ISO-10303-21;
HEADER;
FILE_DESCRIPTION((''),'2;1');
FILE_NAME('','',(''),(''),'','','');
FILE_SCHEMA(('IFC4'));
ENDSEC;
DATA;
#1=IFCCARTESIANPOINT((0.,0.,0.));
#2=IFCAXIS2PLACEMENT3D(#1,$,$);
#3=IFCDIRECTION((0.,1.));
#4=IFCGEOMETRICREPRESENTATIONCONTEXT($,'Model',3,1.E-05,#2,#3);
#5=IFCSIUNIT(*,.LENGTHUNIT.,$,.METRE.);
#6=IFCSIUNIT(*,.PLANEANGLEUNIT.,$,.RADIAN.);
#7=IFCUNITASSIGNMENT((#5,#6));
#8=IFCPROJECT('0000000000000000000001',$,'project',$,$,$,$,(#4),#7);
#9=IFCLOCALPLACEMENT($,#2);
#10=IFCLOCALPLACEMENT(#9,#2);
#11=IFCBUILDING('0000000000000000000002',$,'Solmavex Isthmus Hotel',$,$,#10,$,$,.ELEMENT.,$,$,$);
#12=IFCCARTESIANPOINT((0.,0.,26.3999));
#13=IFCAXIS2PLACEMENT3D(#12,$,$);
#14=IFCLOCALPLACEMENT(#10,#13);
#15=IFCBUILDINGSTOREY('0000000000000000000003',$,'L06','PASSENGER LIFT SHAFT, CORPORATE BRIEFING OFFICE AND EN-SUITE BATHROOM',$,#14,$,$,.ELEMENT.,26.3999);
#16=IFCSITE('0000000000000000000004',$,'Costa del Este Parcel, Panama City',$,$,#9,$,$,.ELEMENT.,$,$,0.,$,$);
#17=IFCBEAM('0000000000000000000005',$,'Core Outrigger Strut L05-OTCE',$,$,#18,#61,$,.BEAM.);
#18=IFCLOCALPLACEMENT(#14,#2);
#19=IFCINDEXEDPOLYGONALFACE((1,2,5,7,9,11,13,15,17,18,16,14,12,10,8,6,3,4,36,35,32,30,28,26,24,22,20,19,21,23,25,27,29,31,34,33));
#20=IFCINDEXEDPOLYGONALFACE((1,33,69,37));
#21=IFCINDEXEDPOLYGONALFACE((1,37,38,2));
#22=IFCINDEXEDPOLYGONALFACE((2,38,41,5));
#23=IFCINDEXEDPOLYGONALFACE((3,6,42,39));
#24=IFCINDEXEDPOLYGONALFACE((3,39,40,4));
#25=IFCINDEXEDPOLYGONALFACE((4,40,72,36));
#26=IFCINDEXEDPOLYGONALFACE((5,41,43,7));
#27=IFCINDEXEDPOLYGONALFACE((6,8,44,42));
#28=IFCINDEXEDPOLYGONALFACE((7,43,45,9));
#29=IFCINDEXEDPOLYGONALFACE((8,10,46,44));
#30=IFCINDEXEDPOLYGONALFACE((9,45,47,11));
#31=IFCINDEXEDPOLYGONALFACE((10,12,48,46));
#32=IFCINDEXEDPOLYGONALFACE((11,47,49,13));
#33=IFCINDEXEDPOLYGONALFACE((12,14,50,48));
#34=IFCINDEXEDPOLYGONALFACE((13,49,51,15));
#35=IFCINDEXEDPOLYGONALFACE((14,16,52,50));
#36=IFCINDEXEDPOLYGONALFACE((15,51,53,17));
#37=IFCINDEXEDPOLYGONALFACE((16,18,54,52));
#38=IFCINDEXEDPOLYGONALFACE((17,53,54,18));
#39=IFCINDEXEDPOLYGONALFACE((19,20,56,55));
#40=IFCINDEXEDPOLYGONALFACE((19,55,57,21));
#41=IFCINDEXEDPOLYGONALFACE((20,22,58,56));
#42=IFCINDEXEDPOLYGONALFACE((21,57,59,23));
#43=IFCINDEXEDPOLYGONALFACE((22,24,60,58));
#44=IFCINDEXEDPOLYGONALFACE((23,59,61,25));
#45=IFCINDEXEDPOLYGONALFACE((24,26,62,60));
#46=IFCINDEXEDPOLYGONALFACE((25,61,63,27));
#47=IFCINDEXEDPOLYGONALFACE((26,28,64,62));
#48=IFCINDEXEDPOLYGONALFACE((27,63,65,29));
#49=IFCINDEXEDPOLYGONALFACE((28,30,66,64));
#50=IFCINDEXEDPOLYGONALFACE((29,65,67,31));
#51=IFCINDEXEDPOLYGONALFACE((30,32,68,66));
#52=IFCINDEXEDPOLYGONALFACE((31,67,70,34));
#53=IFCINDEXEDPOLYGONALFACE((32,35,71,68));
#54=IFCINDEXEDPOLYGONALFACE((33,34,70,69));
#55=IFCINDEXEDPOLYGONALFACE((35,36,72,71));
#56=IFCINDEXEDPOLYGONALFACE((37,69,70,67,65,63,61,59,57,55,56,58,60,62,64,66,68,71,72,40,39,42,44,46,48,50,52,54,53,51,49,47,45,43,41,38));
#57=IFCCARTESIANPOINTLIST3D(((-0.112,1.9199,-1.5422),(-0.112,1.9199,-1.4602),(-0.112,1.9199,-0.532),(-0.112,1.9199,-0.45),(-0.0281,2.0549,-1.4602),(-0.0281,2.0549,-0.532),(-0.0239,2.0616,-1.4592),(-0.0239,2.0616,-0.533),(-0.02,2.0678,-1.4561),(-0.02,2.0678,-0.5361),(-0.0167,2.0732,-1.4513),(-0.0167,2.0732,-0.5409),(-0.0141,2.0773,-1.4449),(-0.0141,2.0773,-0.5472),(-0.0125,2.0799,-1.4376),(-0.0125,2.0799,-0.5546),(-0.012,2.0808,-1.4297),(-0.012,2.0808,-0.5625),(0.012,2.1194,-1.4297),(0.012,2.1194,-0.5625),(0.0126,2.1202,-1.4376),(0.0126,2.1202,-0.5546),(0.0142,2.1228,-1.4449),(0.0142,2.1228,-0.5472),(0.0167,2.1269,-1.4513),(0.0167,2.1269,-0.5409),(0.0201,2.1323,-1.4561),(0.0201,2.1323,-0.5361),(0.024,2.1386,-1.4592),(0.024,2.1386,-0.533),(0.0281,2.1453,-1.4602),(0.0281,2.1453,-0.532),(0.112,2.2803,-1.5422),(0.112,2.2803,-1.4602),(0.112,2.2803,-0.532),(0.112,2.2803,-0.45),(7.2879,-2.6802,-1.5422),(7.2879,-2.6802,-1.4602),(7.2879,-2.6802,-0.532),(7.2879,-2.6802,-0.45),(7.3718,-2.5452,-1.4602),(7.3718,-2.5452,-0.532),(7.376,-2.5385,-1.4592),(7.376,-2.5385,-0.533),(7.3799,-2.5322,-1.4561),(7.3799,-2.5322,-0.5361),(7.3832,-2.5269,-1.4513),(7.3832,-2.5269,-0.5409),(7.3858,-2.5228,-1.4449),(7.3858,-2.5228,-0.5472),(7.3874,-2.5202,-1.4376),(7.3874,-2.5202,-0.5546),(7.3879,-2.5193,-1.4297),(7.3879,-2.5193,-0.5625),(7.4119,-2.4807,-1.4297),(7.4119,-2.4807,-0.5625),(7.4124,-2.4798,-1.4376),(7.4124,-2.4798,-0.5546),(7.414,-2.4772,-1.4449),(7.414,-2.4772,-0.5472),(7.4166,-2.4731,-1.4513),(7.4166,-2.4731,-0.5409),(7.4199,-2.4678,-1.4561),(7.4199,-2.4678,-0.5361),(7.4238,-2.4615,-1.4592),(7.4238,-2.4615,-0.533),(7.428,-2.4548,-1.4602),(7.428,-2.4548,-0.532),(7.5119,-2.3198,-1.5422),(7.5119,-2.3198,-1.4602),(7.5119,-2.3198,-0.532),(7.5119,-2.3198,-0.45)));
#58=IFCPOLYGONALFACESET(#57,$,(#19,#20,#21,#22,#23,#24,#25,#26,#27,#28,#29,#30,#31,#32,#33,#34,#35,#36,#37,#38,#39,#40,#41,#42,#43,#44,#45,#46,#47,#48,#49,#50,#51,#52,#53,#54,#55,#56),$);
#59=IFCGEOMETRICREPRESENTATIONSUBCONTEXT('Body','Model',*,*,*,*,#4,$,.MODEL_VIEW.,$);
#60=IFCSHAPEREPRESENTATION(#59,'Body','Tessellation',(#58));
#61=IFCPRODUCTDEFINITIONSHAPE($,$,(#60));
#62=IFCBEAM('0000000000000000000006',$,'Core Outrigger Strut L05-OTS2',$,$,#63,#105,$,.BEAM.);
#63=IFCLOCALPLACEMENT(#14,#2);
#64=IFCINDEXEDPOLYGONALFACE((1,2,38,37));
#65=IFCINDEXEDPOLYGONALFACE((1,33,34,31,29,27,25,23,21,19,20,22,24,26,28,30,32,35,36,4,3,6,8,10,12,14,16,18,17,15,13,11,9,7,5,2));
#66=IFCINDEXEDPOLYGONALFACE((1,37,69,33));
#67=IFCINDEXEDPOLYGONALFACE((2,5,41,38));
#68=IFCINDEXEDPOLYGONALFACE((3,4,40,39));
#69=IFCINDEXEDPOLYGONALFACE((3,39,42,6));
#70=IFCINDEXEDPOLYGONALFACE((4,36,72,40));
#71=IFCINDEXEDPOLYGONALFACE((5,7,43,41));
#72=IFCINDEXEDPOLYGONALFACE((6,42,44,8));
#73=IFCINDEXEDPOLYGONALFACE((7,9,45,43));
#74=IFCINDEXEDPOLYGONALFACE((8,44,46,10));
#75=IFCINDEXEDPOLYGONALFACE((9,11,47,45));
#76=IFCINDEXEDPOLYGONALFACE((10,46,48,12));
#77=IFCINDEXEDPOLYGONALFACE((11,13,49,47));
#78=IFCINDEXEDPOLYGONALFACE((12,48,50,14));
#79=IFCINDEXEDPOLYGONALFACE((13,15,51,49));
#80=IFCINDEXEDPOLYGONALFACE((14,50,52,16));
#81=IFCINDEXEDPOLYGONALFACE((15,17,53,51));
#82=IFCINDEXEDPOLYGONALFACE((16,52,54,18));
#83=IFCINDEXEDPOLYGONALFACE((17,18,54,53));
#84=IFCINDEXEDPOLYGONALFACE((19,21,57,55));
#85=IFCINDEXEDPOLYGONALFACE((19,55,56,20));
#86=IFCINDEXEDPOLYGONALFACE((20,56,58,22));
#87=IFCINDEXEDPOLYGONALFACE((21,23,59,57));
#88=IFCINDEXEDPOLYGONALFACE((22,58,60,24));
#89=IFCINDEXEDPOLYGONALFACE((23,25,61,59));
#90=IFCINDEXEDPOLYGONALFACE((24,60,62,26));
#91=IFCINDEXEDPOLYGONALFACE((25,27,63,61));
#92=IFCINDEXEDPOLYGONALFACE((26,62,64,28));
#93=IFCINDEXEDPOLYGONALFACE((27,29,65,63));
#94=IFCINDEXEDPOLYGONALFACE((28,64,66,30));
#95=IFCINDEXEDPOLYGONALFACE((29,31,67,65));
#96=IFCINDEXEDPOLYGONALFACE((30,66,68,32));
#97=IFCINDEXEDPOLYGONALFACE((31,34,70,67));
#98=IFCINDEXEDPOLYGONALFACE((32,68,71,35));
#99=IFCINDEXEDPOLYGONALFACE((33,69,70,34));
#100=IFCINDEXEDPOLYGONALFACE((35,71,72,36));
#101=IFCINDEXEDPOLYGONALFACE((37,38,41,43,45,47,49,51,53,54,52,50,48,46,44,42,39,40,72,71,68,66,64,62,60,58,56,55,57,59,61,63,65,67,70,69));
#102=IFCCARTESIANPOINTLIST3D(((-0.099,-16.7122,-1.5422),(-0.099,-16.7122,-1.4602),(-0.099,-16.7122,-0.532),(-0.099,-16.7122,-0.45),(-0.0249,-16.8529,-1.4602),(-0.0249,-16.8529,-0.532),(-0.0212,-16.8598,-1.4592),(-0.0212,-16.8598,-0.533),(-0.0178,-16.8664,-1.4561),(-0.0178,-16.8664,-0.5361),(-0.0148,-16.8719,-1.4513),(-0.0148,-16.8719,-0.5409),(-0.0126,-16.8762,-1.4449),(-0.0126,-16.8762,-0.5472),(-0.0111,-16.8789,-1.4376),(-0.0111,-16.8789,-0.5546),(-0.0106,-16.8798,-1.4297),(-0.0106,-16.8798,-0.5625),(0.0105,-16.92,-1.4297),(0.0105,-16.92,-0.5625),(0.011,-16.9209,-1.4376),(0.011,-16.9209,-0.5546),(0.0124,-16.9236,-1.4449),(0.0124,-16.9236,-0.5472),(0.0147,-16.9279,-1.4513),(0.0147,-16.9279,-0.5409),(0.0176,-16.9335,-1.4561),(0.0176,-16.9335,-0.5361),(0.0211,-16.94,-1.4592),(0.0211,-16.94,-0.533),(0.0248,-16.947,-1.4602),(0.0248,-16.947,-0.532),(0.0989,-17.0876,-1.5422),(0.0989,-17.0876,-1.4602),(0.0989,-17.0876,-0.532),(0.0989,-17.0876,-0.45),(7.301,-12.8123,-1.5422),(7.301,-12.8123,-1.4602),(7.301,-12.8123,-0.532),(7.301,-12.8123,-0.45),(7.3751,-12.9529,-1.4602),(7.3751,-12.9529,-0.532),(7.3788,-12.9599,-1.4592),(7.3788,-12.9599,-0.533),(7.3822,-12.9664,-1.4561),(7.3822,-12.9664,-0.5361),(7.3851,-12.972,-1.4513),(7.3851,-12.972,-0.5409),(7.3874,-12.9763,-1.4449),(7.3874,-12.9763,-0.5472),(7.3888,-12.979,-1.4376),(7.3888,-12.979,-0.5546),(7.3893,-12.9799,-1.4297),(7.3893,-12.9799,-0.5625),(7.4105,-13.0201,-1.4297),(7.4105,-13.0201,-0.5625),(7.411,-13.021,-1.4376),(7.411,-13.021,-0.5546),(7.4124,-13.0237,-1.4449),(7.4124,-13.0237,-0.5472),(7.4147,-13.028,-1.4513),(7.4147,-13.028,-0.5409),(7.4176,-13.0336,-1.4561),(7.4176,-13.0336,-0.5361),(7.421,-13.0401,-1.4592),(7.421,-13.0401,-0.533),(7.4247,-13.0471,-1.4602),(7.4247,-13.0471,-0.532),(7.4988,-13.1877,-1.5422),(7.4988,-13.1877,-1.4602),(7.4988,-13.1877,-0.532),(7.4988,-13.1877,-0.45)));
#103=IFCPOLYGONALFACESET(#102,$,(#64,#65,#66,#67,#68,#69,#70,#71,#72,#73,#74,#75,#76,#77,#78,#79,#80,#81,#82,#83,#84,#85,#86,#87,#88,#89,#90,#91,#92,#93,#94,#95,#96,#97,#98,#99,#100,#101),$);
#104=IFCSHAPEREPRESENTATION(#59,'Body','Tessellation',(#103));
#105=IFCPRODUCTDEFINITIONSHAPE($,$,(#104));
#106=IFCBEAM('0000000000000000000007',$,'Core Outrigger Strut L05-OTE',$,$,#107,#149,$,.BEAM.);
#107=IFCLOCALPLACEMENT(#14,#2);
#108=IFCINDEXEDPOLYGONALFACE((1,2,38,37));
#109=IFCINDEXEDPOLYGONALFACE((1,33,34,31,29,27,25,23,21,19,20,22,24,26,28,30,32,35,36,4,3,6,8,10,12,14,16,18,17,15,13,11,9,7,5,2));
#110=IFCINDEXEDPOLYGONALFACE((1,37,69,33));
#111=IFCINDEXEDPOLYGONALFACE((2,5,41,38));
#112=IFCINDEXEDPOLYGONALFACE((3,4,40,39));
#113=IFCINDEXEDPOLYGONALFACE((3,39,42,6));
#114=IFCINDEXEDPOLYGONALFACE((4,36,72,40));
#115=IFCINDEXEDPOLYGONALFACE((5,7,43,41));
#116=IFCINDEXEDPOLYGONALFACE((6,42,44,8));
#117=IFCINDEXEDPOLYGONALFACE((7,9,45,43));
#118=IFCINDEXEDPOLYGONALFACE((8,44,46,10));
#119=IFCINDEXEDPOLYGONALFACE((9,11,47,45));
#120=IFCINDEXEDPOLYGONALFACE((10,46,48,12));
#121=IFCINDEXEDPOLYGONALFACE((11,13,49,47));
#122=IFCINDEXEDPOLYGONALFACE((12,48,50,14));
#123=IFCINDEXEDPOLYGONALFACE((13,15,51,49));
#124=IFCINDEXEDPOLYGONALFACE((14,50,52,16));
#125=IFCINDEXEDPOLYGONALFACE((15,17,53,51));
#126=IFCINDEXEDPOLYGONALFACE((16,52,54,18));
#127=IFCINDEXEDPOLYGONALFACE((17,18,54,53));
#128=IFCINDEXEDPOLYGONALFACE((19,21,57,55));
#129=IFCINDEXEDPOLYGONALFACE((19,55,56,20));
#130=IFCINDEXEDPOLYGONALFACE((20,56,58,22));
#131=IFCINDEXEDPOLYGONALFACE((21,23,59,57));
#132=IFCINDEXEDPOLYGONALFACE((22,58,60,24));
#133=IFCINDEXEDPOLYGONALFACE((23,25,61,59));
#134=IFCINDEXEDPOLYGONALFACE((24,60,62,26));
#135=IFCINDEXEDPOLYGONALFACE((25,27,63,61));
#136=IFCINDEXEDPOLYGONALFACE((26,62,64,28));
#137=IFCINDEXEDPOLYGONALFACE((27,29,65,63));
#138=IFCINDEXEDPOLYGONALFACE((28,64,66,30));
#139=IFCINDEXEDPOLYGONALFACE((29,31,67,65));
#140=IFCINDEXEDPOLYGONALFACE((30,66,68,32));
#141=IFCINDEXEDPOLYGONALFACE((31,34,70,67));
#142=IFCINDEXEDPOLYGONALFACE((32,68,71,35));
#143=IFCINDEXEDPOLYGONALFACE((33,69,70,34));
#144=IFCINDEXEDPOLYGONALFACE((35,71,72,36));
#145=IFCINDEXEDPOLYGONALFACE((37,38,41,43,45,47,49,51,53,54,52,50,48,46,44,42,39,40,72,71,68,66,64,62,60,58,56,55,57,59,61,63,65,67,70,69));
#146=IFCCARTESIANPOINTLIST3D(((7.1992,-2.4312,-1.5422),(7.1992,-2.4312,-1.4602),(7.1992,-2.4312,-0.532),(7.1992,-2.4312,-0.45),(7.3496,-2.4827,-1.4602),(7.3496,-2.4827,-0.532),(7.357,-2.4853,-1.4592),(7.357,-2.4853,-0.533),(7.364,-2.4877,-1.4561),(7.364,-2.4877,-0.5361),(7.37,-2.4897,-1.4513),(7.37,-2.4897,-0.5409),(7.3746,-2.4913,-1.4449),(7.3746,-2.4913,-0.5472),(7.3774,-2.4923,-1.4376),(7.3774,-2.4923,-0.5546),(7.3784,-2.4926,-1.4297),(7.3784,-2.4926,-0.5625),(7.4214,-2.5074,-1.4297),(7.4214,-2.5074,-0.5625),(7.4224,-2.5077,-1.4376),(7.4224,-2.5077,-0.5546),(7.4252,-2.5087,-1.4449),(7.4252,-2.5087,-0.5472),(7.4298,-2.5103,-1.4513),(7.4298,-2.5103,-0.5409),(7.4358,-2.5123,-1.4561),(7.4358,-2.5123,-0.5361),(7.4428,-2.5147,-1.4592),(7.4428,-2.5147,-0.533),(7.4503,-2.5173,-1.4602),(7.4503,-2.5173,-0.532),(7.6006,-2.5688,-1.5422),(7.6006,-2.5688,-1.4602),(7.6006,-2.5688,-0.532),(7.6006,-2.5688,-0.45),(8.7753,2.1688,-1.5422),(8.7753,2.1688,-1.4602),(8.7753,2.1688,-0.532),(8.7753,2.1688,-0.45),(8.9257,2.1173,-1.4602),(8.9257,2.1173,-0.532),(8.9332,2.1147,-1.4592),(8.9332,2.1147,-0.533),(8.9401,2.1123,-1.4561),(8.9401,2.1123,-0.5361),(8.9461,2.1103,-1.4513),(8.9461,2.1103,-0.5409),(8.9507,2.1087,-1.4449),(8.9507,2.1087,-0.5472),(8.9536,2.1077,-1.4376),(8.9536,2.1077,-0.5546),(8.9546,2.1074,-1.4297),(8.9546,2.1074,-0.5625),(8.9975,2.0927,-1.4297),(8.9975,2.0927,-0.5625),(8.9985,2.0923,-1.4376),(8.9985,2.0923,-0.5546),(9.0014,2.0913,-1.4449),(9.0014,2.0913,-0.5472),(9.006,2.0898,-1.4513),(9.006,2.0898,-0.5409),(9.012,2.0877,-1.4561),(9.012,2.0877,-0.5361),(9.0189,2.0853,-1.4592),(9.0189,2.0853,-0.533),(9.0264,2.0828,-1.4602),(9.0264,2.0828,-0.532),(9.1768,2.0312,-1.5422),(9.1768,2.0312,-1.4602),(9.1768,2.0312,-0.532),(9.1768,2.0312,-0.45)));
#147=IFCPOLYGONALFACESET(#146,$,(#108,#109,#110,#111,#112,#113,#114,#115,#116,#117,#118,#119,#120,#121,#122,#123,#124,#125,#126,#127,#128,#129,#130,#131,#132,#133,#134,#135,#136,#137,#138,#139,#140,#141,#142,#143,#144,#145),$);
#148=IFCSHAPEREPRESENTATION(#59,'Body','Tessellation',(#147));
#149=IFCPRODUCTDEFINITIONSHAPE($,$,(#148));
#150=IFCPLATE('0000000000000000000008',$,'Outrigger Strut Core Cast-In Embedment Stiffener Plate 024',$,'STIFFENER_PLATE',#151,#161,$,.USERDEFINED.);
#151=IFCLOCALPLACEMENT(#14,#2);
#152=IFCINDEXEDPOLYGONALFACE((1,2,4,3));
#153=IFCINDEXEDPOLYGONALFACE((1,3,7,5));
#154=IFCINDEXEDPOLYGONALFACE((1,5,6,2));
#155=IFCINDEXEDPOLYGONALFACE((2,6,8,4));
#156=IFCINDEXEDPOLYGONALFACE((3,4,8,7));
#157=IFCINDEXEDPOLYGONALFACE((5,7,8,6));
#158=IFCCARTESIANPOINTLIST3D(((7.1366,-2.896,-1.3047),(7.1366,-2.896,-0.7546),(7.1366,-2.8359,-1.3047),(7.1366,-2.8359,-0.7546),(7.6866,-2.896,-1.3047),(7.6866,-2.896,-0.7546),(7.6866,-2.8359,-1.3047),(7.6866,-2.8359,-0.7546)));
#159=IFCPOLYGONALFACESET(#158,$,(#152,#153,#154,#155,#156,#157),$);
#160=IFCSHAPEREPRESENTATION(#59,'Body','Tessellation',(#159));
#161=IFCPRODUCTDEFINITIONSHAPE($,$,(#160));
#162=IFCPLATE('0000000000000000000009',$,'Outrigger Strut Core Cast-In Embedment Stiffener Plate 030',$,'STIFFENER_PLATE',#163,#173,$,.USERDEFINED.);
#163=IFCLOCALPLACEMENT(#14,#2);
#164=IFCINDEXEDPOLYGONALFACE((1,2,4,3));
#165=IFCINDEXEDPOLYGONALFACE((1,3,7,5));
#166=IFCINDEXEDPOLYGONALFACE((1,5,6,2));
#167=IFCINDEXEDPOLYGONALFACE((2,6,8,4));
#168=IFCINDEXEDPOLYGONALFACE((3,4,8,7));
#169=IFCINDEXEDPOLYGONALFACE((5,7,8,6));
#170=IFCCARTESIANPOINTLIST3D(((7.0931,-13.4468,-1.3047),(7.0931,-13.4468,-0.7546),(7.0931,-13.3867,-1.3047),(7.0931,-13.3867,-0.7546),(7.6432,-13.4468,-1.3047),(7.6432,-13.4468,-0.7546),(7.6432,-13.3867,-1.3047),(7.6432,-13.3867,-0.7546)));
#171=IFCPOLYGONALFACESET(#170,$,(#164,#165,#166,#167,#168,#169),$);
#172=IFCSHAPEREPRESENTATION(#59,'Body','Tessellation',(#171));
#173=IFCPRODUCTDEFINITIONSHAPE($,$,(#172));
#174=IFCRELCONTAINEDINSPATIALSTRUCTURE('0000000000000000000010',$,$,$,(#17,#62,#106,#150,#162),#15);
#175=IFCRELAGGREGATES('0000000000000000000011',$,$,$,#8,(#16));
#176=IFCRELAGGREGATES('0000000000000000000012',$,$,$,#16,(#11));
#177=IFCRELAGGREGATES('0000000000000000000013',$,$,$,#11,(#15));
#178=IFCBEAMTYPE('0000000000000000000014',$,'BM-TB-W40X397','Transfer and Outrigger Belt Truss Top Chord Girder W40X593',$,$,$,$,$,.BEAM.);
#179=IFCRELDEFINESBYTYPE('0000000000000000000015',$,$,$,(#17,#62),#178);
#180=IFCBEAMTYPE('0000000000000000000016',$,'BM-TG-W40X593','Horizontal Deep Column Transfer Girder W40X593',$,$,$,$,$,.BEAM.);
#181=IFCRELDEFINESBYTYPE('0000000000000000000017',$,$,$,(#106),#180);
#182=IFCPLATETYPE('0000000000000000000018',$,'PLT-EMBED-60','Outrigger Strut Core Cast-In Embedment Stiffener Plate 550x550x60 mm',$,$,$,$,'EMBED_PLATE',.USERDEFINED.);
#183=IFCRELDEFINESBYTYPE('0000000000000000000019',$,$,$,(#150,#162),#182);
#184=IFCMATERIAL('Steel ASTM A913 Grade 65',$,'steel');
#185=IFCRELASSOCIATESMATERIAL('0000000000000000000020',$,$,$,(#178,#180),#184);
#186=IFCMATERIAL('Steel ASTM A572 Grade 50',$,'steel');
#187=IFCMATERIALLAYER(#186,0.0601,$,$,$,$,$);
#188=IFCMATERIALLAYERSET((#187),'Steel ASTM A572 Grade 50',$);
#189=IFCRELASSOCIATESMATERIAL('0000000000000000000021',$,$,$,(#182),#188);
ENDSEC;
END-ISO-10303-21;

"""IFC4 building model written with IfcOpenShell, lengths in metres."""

from ifc_helpers import new_model, si_unit, direction, frame, origin, origin_2d, place, context, subcontext, project, spatial, rectangle, i_section, extrude, material, layer, layer_set, material_profile, profile_set, type_object, element, save


model = new_model("IFC4")

# Units and contexts
model_context = context("Model", 3, precision=1e-05, world=origin(), true_north=direction((0.0, 1.0)))
body_context = subcontext(model_context, "Body", "Model", "MODEL_VIEW")
ifc_project = project(units=[si_unit("LENGTHUNIT", "METRE"), si_unit("PLANEANGLEUNIT", "RADIAN")], contexts=[model_context])

# Site, building, storey
site_placement = place(None, origin())
site = spatial("IfcSite", under=ifc_project, at=site_placement, Name="Costa del Este Parcel, Panama City", CompositionType="ELEMENT", RefElevation=0.0)
building_placement = place(site_placement, origin())
building = spatial("IfcBuilding", under=site, at=building_placement, Name="Solmavex Isthmus Hotel", CompositionType="ELEMENT")
storey_placement = place(building_placement, frame((0.0, 0.0, 26.3999)))
storey = spatial("IfcBuildingStorey", under=building, at=storey_placement, Name="L06", Description="PASSENGER LIFT SHAFT, CORPORATE BRIEFING OFFICE AND EN-SUITE BATHROOM", CompositionType="ELEMENT", Elevation=26.3999)

# Shared definitions
ifc_material_1 = material(Name="Steel ASTM A913 Grade 65", Category="steel")

# Beams
ifc_material_2 = material(Name="Steel ASTM A572 Grade 50", Category="steel")
ifc_material_profile_1 = material_profile(ifc_material_1, i_section(OverallWidth=0.4243, OverallDepth=1.0923, WebThickness=0.0454, FlangeThickness=0.082, FilletRadius=0.0305, at=origin_2d()), Name="W40X593")
ifc_profile_set_1 = profile_set([ifc_material_profile_1], Name="Steel ASTM A913 Grade 65")
beam_type_1 = type_object("IfcBeamType", Name="BM-TB-W40X397", Description="Transfer and Outrigger Belt Truss Top Chord Girder W40X593", PredefinedType="BEAM", material=ifc_profile_set_1)
beam_1_placement = place(storey_placement, frame((7.3999, -2.5, -0.9961), z_axis=(-0.849277, 0.527947, 0.0), x_axis=(-0.527947, -0.849277, 0.0)))
element("IfcBeam", 1, at=beam_1_placement, inside=storey, type_object=beam_type_1, Name="Core Outrigger Strut L05-OTCE", PredefinedType="BEAM", context=body_context, shape_type="SweptSolid", body=[
    extrude(i_section(OverallWidth=0.4243, OverallDepth=1.0923, WebThickness=0.0454, FlangeThickness=0.082, FilletRadius=0.0305, at=origin_2d()), origin(), (0.0, 0.0, 1.0), 8.7131),
])
beam_2_placement = place(storey_placement, frame((7.3999, -13.0, -0.9961), z_axis=(-0.884661, -0.466235, 0.0), x_axis=(0.466235, -0.884661, 0.0)))
element("IfcBeam", 2, at=beam_2_placement, inside=storey, type_object=beam_type_1, Name="Core Outrigger Strut L05-OTS2", PredefinedType="BEAM", context=body_context, shape_type="SweptSolid", body=[
    extrude(i_section(OverallWidth=0.4243, OverallDepth=1.0923, WebThickness=0.0454, FlangeThickness=0.082, FilletRadius=0.0305, at=origin_2d()), origin(), (0.0, 0.0, 1.0), 8.3647),
])
ifc_material_profile_2 = material_profile(ifc_material_1, i_section(OverallWidth=0.4243, OverallDepth=1.0923, WebThickness=0.0454, FlangeThickness=0.082, FilletRadius=0.0305, at=origin_2d()), Name="W40X593")
ifc_profile_set_2 = profile_set([ifc_material_profile_2], Name="Steel ASTM A913 Grade 65")
beam_type_2 = type_object("IfcBeamType", Name="BM-TG-W40X593", Description="Horizontal Deep Column Transfer Girder W40X593", PredefinedType="BEAM", material=ifc_profile_set_2)
beam_3_placement = place(storey_placement, frame((7.3999, -2.5, -0.9961), z_axis=(0.324139, 0.946009, 0.0), x_axis=(-0.946009, 0.324139, 0.0)))
element("IfcBeam", 3, at=beam_3_placement, inside=storey, type_object=beam_type_2, Name="Core Outrigger Strut L05-OTE", PredefinedType="BEAM", context=body_context, shape_type="SweptSolid", body=[
    extrude(i_section(OverallWidth=0.4243, OverallDepth=1.0923, WebThickness=0.0454, FlangeThickness=0.082, FilletRadius=0.0305, at=origin_2d()), origin(), (0.0, 0.0, 1.0), 4.8625),
])

# Plates
ifc_layer_1 = layer(ifc_material_2, 0.0601)
ifc_layer_set_1 = layer_set([ifc_layer_1], Name="Steel ASTM A572 Grade 50")
plate_type = type_object("IfcPlateType", Name="PLT-EMBED-60", Description="Outrigger Strut Core Cast-In Embedment Stiffener Plate 550x550x60 mm", ElementType="EMBED_PLATE", PredefinedType="USERDEFINED", material=ifc_layer_set_1)
for number, where, z_axis, x_axis, name in (
    (4, (7.4116, -2.866, -1.3047), (0.0, 0.0, 1.0), (1.0, 0.0, 0.0), "Outrigger Strut Core Cast-In Embedment Stiffener Plate 024"),
    (5, (7.3682, -13.4167, -1.3047), (0.0, 0.0, 1.0), (1.0, 0.0, 0.0), "Outrigger Strut Core Cast-In Embedment Stiffener Plate 030"),
):
    element("IfcPlate", number, at=place(storey_placement, frame(where, z_axis=z_axis, x_axis=x_axis)), inside=storey, type_object=plate_type, Name=name, ObjectType="STIFFENER_PLATE", PredefinedType="USERDEFINED", context=body_context, shape_type="SweptSolid", body=[
        extrude(rectangle(XDim=0.55, YDim=0.0601, at=origin_2d()), origin(), (0.0, 0.0, 1.0), 0.55),
    ])

save(model, "model.ifc")
